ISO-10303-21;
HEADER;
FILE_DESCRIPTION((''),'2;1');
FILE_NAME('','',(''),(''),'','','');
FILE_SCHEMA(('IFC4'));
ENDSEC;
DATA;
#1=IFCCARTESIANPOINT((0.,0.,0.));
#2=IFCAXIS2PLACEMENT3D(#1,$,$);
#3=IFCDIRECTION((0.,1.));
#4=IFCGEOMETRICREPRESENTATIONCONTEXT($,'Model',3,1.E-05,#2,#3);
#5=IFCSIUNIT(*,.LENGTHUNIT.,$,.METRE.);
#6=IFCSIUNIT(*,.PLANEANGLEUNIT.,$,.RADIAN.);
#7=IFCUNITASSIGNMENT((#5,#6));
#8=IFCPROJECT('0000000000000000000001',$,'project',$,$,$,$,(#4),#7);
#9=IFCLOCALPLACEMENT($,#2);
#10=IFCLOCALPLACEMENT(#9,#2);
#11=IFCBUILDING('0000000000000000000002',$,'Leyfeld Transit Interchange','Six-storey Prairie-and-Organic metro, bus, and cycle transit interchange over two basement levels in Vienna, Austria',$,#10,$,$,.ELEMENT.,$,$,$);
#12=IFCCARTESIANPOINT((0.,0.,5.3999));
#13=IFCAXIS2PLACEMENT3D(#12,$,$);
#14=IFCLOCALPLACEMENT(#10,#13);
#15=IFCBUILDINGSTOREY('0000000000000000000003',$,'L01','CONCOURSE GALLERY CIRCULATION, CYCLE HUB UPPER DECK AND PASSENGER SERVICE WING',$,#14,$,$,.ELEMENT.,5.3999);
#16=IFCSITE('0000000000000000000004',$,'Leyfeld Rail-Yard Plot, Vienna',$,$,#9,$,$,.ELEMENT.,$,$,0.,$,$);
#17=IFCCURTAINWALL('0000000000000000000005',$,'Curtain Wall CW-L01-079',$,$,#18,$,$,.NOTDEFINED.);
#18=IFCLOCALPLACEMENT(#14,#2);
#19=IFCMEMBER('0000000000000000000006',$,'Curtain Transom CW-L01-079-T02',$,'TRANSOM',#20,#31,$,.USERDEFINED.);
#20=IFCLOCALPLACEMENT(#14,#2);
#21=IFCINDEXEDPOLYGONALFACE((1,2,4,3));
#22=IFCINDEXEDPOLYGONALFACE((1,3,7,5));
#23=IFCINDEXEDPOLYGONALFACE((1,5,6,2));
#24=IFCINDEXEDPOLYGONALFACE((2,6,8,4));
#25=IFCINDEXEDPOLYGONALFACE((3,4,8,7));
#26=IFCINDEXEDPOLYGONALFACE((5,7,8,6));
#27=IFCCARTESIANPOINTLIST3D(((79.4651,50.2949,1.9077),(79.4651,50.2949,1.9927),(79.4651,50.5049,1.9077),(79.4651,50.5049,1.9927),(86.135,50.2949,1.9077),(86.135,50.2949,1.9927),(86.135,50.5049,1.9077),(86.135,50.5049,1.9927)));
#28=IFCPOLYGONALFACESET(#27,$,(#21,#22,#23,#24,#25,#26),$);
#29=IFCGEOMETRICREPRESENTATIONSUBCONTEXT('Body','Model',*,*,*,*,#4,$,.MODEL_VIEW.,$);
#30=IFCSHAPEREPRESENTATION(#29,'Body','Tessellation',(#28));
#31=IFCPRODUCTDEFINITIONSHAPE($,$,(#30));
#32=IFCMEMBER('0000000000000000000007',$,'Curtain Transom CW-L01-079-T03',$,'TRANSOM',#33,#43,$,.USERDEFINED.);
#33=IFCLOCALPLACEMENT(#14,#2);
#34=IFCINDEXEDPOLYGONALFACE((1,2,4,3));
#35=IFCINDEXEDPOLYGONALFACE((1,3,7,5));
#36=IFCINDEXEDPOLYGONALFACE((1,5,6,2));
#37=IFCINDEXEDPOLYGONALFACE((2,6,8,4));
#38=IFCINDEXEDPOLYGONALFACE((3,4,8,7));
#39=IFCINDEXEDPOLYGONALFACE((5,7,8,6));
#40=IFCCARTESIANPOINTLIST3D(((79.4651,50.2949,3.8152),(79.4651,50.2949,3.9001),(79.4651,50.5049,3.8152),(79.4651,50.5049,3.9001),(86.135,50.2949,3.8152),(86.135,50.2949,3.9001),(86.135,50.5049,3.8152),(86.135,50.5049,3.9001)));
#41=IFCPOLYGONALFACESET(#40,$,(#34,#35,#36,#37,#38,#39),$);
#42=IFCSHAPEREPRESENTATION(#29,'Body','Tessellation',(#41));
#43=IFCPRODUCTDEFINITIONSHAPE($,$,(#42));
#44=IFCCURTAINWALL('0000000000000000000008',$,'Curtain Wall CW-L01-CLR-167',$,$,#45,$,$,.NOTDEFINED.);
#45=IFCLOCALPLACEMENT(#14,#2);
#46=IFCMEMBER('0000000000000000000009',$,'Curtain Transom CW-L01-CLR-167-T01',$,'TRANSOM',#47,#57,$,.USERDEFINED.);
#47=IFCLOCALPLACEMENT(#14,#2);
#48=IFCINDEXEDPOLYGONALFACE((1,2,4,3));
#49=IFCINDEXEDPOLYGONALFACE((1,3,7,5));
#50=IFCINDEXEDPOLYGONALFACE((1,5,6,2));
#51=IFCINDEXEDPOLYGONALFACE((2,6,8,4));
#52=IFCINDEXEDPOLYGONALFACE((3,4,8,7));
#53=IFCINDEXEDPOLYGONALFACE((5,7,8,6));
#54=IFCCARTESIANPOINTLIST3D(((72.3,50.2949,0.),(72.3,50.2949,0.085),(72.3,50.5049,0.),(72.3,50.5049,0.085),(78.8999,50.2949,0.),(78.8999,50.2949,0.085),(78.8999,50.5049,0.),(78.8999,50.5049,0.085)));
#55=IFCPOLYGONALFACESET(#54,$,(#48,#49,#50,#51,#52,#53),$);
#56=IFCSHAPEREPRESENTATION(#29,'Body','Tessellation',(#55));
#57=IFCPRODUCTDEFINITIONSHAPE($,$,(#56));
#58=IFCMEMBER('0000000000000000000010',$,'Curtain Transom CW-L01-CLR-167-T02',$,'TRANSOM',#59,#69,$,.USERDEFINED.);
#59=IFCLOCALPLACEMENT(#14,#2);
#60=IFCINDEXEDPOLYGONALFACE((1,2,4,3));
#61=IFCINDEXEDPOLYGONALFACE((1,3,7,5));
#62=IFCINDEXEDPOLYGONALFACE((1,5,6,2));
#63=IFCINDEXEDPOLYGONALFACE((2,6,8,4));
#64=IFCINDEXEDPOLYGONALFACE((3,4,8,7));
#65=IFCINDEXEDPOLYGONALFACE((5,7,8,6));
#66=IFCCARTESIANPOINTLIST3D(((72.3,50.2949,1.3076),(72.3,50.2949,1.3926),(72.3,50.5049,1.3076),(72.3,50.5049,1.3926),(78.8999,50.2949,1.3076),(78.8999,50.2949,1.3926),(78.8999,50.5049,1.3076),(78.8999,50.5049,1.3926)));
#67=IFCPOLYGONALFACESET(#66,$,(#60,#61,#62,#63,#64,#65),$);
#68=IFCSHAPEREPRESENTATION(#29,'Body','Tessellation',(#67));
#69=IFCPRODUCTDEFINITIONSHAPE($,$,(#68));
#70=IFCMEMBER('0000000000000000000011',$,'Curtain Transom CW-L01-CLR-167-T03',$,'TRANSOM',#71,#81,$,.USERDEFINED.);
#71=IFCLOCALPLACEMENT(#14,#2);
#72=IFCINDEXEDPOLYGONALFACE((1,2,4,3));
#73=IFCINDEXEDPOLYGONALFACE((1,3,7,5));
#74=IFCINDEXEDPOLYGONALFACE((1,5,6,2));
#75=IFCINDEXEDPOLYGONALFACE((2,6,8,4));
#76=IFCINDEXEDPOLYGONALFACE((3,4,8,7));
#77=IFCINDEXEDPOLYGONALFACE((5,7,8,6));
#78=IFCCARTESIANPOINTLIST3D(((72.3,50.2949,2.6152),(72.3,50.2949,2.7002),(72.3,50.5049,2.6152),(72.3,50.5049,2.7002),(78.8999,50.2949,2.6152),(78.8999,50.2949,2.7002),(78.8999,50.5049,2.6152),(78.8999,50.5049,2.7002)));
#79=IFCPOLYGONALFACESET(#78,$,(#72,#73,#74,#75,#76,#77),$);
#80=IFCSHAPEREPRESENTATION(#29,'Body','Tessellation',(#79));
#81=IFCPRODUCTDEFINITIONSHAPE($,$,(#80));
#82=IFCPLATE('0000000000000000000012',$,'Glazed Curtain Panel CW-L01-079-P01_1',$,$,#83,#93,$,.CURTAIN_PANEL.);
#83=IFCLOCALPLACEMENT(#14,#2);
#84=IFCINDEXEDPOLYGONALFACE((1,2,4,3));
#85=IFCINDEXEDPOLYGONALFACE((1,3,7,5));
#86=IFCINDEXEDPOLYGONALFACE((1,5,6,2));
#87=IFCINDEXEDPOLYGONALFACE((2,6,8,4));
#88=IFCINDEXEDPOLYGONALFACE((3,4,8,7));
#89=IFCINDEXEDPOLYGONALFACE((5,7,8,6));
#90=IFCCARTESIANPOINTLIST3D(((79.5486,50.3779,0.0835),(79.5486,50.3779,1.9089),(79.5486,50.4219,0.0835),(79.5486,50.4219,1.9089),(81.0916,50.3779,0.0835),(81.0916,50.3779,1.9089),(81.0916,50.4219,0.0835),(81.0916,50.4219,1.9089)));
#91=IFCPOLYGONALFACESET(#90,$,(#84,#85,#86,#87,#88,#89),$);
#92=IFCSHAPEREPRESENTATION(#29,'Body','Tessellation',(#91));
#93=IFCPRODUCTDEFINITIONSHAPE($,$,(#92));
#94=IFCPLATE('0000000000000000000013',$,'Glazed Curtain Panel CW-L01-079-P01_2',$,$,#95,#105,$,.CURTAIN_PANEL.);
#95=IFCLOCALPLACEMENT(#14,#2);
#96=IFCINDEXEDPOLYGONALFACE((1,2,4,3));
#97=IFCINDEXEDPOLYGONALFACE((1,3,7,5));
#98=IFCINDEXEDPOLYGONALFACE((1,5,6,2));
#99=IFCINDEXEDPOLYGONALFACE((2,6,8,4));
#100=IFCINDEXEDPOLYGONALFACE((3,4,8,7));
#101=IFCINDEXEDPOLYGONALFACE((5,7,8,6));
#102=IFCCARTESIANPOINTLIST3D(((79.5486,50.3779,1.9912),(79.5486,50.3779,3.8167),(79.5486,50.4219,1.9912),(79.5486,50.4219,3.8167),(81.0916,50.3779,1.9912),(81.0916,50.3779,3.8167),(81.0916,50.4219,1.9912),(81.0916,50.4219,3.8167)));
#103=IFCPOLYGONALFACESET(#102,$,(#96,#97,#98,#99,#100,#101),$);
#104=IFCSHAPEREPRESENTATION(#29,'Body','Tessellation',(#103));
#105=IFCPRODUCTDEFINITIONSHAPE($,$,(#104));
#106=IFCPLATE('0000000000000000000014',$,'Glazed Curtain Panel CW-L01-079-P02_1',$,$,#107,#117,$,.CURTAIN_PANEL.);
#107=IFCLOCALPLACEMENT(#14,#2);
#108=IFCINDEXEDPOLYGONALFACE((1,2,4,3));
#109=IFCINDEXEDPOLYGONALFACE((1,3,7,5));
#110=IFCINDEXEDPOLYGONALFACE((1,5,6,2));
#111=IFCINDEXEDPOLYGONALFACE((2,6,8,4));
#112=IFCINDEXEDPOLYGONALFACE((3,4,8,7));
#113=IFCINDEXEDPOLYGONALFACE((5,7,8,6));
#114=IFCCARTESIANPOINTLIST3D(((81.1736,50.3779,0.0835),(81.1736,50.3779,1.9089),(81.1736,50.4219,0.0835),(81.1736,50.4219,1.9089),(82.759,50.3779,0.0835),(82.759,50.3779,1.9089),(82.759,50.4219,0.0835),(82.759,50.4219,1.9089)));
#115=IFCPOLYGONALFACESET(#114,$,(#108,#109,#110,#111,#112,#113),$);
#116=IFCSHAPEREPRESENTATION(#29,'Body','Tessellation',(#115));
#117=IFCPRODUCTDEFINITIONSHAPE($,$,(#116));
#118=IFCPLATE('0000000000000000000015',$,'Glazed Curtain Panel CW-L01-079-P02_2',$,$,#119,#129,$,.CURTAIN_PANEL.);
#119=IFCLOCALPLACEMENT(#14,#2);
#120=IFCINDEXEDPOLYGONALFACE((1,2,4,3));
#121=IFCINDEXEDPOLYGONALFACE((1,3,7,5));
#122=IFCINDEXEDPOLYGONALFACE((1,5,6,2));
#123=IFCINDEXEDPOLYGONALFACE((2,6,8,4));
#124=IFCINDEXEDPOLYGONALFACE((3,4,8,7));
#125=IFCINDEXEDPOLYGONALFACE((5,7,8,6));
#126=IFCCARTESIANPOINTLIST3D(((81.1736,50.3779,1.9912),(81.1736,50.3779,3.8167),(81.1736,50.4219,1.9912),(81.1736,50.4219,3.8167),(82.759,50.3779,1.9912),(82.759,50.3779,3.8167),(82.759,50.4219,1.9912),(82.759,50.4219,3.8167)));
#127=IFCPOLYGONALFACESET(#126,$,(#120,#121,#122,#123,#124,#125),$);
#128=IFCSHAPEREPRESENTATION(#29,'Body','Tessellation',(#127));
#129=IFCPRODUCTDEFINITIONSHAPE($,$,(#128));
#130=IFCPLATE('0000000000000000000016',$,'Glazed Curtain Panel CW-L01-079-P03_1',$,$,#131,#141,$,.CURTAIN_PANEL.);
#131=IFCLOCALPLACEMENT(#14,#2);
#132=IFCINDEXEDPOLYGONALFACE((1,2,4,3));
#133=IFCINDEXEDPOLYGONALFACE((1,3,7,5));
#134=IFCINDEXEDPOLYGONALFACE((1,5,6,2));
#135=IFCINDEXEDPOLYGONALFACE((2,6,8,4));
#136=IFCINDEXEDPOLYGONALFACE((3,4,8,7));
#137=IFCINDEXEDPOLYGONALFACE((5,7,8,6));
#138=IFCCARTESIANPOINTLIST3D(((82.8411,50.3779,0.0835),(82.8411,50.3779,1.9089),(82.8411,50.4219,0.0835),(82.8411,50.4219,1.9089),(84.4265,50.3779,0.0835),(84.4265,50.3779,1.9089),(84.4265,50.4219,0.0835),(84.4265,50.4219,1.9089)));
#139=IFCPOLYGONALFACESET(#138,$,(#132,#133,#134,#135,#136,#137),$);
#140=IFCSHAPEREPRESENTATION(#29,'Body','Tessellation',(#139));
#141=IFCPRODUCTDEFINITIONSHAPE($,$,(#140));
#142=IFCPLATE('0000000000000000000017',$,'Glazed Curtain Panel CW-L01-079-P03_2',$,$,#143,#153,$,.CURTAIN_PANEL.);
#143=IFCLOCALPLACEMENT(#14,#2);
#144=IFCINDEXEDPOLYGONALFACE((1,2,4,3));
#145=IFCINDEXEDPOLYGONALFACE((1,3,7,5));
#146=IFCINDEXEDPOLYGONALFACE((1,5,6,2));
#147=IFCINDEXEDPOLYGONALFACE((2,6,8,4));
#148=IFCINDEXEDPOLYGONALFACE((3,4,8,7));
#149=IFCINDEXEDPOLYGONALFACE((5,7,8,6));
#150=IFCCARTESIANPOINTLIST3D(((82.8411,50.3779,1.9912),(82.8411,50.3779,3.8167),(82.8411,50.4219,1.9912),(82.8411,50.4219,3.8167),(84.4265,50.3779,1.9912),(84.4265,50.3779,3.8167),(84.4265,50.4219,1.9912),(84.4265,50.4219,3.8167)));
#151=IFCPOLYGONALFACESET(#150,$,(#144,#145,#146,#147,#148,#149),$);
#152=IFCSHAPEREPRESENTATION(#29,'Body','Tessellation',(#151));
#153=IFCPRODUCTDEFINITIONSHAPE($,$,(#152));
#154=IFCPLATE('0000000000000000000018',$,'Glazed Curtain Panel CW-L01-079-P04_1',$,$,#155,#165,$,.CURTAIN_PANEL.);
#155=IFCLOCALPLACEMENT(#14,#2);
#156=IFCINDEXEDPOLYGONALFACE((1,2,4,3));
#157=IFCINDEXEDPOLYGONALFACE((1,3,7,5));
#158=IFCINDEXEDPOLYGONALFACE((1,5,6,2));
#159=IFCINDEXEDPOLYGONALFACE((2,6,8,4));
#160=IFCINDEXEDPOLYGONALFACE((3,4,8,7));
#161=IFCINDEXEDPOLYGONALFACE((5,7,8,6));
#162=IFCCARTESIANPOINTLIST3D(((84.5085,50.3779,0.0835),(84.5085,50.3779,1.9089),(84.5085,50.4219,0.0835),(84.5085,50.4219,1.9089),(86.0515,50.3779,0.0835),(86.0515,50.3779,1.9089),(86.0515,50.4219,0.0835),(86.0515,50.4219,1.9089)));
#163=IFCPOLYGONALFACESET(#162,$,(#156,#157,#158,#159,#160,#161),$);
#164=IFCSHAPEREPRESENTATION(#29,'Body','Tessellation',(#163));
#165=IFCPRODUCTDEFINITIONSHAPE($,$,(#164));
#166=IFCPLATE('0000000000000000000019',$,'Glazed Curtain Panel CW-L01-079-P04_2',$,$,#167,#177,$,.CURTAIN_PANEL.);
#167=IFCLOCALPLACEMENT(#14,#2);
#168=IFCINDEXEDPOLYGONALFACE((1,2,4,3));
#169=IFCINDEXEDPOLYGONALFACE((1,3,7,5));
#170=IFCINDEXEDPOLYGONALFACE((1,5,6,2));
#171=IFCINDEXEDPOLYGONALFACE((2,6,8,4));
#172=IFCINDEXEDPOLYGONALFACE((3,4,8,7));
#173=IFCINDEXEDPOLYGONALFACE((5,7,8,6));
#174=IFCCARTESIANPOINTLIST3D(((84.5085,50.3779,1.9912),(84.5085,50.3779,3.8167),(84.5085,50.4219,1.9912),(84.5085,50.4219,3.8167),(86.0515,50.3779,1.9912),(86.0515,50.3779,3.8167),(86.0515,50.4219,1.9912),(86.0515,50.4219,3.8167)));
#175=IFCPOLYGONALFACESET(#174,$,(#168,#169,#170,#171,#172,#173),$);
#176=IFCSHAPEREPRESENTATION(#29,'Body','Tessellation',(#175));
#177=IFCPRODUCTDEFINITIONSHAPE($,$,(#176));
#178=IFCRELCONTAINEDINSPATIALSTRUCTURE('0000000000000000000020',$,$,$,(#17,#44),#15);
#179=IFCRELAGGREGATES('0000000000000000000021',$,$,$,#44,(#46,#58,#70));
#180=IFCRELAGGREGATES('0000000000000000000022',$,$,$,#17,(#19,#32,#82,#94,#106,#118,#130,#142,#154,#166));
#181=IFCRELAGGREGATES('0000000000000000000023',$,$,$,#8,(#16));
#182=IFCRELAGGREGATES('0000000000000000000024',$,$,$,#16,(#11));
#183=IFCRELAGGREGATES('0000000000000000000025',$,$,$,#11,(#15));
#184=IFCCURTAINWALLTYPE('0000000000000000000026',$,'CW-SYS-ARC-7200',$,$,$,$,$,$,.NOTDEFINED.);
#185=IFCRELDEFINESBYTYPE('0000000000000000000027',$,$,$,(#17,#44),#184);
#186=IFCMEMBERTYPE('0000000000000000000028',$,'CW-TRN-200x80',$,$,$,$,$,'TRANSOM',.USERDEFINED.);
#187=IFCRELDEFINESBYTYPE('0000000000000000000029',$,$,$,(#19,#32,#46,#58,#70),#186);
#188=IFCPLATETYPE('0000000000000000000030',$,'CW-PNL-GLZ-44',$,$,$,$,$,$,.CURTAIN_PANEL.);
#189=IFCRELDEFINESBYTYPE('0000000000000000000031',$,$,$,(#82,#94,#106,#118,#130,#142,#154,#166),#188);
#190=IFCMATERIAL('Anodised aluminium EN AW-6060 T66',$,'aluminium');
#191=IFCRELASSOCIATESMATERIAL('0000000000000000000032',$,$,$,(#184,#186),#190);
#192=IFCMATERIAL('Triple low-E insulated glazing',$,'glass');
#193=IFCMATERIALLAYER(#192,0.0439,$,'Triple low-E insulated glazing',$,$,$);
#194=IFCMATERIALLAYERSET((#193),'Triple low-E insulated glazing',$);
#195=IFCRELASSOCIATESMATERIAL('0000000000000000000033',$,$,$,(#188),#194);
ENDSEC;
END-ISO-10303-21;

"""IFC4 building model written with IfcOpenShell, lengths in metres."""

from ifc_helpers import new_model, si_unit, direction, frame, origin, origin_2d, place, context, subcontext, project, spatial, rectangle, extrude, material, layer, layer_set, material_profile, profile_set, type_object, element, aggregate, save


model = new_model("IFC4")

# Units and contexts
model_context = context("Model", 3, precision=1e-05, world=origin(), true_north=direction((0.0, 1.0)))
body_context = subcontext(model_context, "Body", "Model", "MODEL_VIEW")
ifc_project = project(units=[si_unit("LENGTHUNIT", "METRE"), si_unit("PLANEANGLEUNIT", "RADIAN")], contexts=[model_context])

# Site, building, storey
site_placement = place(None, origin())
site = spatial("IfcSite", under=ifc_project, at=site_placement, Name="Leyfeld Rail-Yard Plot, Vienna", CompositionType="ELEMENT", RefElevation=0.0)
building_placement = place(site_placement, origin())
building = spatial("IfcBuilding", under=site, at=building_placement, Name="Leyfeld Transit Interchange", Description="Six-storey Prairie-and-Organic metro, bus, and cycle transit interchange over two basement levels in Vienna, Austria", CompositionType="ELEMENT")
storey_placement = place(building_placement, frame((0.0, 0.0, 5.3999)))
storey = spatial("IfcBuildingStorey", under=building, at=storey_placement, Name="L01", Description="CONCOURSE GALLERY CIRCULATION, CYCLE HUB UPPER DECK AND PASSENGER SERVICE WING", CompositionType="ELEMENT", Elevation=5.3999)

# Curtain walls, members
ifc_material_1 = material(Name="Anodised aluminium EN AW-6060 T66", Category="aluminium")
curtain_wall_type = type_object("IfcCurtainWallType", Name="CW-SYS-ARC-7200", PredefinedType="NOTDEFINED", material=ifc_material_1)
curtain_wall_1_placement = place(storey_placement, origin())
curtain_wall_1 = element("IfcCurtainWall", 1, at=curtain_wall_1_placement, inside=storey, type_object=curtain_wall_type, Name="Curtain Wall CW-L01-079", PredefinedType="NOTDEFINED")
ifc_material_profile_1 = material_profile(ifc_material_1, rectangle(XDim=0.21, YDim=0.085, at=origin_2d()), Name="CW-TRN-200x80")
ifc_profile_set_1 = profile_set([ifc_material_profile_1], Name="Anodised aluminium EN AW-6060 T66")
member_type_1 = type_object("IfcMemberType", Name="CW-TRN-200x80", ElementType="TRANSOM", PredefinedType="USERDEFINED", material=ifc_profile_set_1)
member_1_placement = place(storey_placement, frame((79.4651, 50.3999, 1.9502), z_axis=(1.0, 0.0, 0.0), x_axis=(0.0, 1.0, 0.0)))
member_1 = element("IfcMember", 2, at=member_1_placement, type_object=member_type_1, Name="Curtain Transom CW-L01-079-T02", ObjectType="TRANSOM", PredefinedType="USERDEFINED", context=body_context, shape_type="SweptSolid", body=[
    extrude(rectangle(XDim=0.21, YDim=0.085, at=origin_2d()), origin(), (0.0, 0.0, 1.0), 6.6699),
])
member_2_placement = place(storey_placement, frame((79.4651, 50.3999, 3.8577), z_axis=(1.0, 0.0, 0.0), x_axis=(0.0, 1.0, 0.0)))
member_2 = element("IfcMember", 3, at=member_2_placement, type_object=member_type_1, Name="Curtain Transom CW-L01-079-T03", ObjectType="TRANSOM", PredefinedType="USERDEFINED", context=body_context, shape_type="SweptSolid", body=[
    extrude(rectangle(XDim=0.21, YDim=0.085, at=origin_2d()), origin(), (0.0, 0.0, 1.0), 6.6699),
])
curtain_wall_2_placement = place(storey_placement, origin())
curtain_wall_2 = element("IfcCurtainWall", 4, at=curtain_wall_2_placement, inside=storey, type_object=curtain_wall_type, Name="Curtain Wall CW-L01-CLR-167", PredefinedType="NOTDEFINED")
member_3_placement = place(storey_placement, frame((78.8999, 50.3999, 0.0425), z_axis=(-1.0, 0.0, 0.0), x_axis=(0.0, -1.0, 0.0)))
member_3 = element("IfcMember", 5, at=member_3_placement, type_object=member_type_1, Name="Curtain Transom CW-L01-CLR-167-T01", ObjectType="TRANSOM", PredefinedType="USERDEFINED", context=body_context, shape_type="SweptSolid", body=[
    extrude(rectangle(XDim=0.21, YDim=0.085, at=origin_2d()), origin(), (0.0, 0.0, 1.0), 6.5999),
])
member_4_placement = place(storey_placement, frame((78.8999, 50.3999, 1.3501), z_axis=(-1.0, 0.0, 0.0), x_axis=(0.0, -1.0, 0.0)))
member_4 = element("IfcMember", 6, at=member_4_placement, type_object=member_type_1, Name="Curtain Transom CW-L01-CLR-167-T02", ObjectType="TRANSOM", PredefinedType="USERDEFINED", context=body_context, shape_type="SweptSolid", body=[
    extrude(rectangle(XDim=0.21, YDim=0.085, at=origin_2d()), origin(), (0.0, 0.0, 1.0), 6.5999),
])
member_5_placement = place(storey_placement, frame((78.8999, 50.3999, 2.6577), z_axis=(-1.0, 0.0, 0.0), x_axis=(0.0, -1.0, 0.0)))
member_5 = element("IfcMember", 7, at=member_5_placement, type_object=member_type_1, Name="Curtain Transom CW-L01-CLR-167-T03", ObjectType="TRANSOM", PredefinedType="USERDEFINED", context=body_context, shape_type="SweptSolid", body=[
    extrude(rectangle(XDim=0.21, YDim=0.085, at=origin_2d()), origin(), (0.0, 0.0, 1.0), 6.5999),
])
aggregate(curtain_wall_2, [member_3, member_4, member_5])

# Plates
ifc_material_2 = material(Name="Triple low-E insulated glazing", Category="glass")
ifc_layer = layer(ifc_material_2, 0.0439, Name="Triple low-E insulated glazing")
ifc_layer_set = layer_set([ifc_layer], Name="Triple low-E insulated glazing")
plate_type = type_object("IfcPlateType", Name="CW-PNL-GLZ-44", PredefinedType="CURTAIN_PANEL", material=ifc_layer_set)
plate_1_placement = place(storey_placement, frame((80.3201, 50.3999, 0.0835), z_axis=(0.0, 0.0, 1.0), x_axis=(1.0, 0.0, 0.0)))
plate_1 = element("IfcPlate", 8, at=plate_1_placement, type_object=plate_type, Name="Glazed Curtain Panel CW-L01-079-P01_1", PredefinedType="CURTAIN_PANEL", context=body_context, shape_type="SweptSolid", body=[
    extrude(rectangle(XDim=1.543, YDim=0.0439, at=origin_2d()), origin(), (0.0, 0.0, 1.0), 1.8254),
])
plate_2_placement = place(storey_placement, frame((80.3201, 50.3999, 1.9912), z_axis=(0.0, 0.0, 1.0), x_axis=(1.0, 0.0, 0.0)))
plate_2 = element("IfcPlate", 9, at=plate_2_placement, type_object=plate_type, Name="Glazed Curtain Panel CW-L01-079-P01_2", PredefinedType="CURTAIN_PANEL", context=body_context, shape_type="SweptSolid", body=[
    extrude(rectangle(XDim=1.543, YDim=0.0439, at=origin_2d()), origin(), (0.0, 0.0, 1.0), 1.8254),
])
plate_3_placement = place(storey_placement, frame((81.9663, 50.3999, 0.0835), z_axis=(0.0, 0.0, 1.0), x_axis=(1.0, 0.0, 0.0)))
plate_3 = element("IfcPlate", 10, at=plate_3_placement, type_object=plate_type, Name="Glazed Curtain Panel CW-L01-079-P02_1", PredefinedType="CURTAIN_PANEL", context=body_context, shape_type="SweptSolid", body=[
    extrude(rectangle(XDim=1.5854, YDim=0.0439, at=origin_2d()), origin(), (0.0, 0.0, 1.0), 1.8254),
])
plate_4_placement = place(storey_placement, frame((81.9663, 50.3999, 1.9912), z_axis=(0.0, 0.0, 1.0), x_axis=(1.0, 0.0, 0.0)))
plate_4 = element("IfcPlate", 11, at=plate_4_placement, type_object=plate_type, Name="Glazed Curtain Panel CW-L01-079-P02_2", PredefinedType="CURTAIN_PANEL", context=body_context, shape_type="SweptSolid", body=[
    extrude(rectangle(XDim=1.5854, YDim=0.0439, at=origin_2d()), origin(), (0.0, 0.0, 1.0), 1.8254),
])
plate_5_placement = place(storey_placement, frame((83.6338, 50.3999, 0.0835), z_axis=(0.0, 0.0, 1.0), x_axis=(1.0, 0.0, 0.0)))
plate_5 = element("IfcPlate", 12, at=plate_5_placement, type_object=plate_type, Name="Glazed Curtain Panel CW-L01-079-P03_1", PredefinedType="CURTAIN_PANEL", context=body_context, shape_type="SweptSolid", body=[
    extrude(rectangle(XDim=1.5854, YDim=0.0439, at=origin_2d()), origin(), (0.0, 0.0, 1.0), 1.8254),
])
plate_6_placement = place(storey_placement, frame((83.6338, 50.3999, 1.9912), z_axis=(0.0, 0.0, 1.0), x_axis=(1.0, 0.0, 0.0)))
plate_6 = element("IfcPlate", 13, at=plate_6_placement, type_object=plate_type, Name="Glazed Curtain Panel CW-L01-079-P03_2", PredefinedType="CURTAIN_PANEL", context=body_context, shape_type="SweptSolid", body=[
    extrude(rectangle(XDim=1.5854, YDim=0.0439, at=origin_2d()), origin(), (0.0, 0.0, 1.0), 1.8254),
])
plate_7_placement = place(storey_placement, frame((85.28, 50.3999, 0.0835), z_axis=(0.0, 0.0, 1.0), x_axis=(1.0, 0.0, 0.0)))
plate_7 = element("IfcPlate", 14, at=plate_7_placement, type_object=plate_type, Name="Glazed Curtain Panel CW-L01-079-P04_1", PredefinedType="CURTAIN_PANEL", context=body_context, shape_type="SweptSolid", body=[
    extrude(rectangle(XDim=1.543, YDim=0.0439, at=origin_2d()), origin(), (0.0, 0.0, 1.0), 1.8254),
])
plate_8_placement = place(storey_placement, frame((85.28, 50.3999, 1.9912), z_axis=(0.0, 0.0, 1.0), x_axis=(1.0, 0.0, 0.0)))
plate_8 = element("IfcPlate", 15, at=plate_8_placement, type_object=plate_type, Name="Glazed Curtain Panel CW-L01-079-P04_2", PredefinedType="CURTAIN_PANEL", context=body_context, shape_type="SweptSolid", body=[
    extrude(rectangle(XDim=1.543, YDim=0.0439, at=origin_2d()), origin(), (0.0, 0.0, 1.0), 1.8254),
])
aggregate(curtain_wall_1, [member_1, member_2, plate_1, plate_2, plate_3, plate_4, plate_5, plate_6, plate_7, plate_8])

save(model, "model.ifc")
